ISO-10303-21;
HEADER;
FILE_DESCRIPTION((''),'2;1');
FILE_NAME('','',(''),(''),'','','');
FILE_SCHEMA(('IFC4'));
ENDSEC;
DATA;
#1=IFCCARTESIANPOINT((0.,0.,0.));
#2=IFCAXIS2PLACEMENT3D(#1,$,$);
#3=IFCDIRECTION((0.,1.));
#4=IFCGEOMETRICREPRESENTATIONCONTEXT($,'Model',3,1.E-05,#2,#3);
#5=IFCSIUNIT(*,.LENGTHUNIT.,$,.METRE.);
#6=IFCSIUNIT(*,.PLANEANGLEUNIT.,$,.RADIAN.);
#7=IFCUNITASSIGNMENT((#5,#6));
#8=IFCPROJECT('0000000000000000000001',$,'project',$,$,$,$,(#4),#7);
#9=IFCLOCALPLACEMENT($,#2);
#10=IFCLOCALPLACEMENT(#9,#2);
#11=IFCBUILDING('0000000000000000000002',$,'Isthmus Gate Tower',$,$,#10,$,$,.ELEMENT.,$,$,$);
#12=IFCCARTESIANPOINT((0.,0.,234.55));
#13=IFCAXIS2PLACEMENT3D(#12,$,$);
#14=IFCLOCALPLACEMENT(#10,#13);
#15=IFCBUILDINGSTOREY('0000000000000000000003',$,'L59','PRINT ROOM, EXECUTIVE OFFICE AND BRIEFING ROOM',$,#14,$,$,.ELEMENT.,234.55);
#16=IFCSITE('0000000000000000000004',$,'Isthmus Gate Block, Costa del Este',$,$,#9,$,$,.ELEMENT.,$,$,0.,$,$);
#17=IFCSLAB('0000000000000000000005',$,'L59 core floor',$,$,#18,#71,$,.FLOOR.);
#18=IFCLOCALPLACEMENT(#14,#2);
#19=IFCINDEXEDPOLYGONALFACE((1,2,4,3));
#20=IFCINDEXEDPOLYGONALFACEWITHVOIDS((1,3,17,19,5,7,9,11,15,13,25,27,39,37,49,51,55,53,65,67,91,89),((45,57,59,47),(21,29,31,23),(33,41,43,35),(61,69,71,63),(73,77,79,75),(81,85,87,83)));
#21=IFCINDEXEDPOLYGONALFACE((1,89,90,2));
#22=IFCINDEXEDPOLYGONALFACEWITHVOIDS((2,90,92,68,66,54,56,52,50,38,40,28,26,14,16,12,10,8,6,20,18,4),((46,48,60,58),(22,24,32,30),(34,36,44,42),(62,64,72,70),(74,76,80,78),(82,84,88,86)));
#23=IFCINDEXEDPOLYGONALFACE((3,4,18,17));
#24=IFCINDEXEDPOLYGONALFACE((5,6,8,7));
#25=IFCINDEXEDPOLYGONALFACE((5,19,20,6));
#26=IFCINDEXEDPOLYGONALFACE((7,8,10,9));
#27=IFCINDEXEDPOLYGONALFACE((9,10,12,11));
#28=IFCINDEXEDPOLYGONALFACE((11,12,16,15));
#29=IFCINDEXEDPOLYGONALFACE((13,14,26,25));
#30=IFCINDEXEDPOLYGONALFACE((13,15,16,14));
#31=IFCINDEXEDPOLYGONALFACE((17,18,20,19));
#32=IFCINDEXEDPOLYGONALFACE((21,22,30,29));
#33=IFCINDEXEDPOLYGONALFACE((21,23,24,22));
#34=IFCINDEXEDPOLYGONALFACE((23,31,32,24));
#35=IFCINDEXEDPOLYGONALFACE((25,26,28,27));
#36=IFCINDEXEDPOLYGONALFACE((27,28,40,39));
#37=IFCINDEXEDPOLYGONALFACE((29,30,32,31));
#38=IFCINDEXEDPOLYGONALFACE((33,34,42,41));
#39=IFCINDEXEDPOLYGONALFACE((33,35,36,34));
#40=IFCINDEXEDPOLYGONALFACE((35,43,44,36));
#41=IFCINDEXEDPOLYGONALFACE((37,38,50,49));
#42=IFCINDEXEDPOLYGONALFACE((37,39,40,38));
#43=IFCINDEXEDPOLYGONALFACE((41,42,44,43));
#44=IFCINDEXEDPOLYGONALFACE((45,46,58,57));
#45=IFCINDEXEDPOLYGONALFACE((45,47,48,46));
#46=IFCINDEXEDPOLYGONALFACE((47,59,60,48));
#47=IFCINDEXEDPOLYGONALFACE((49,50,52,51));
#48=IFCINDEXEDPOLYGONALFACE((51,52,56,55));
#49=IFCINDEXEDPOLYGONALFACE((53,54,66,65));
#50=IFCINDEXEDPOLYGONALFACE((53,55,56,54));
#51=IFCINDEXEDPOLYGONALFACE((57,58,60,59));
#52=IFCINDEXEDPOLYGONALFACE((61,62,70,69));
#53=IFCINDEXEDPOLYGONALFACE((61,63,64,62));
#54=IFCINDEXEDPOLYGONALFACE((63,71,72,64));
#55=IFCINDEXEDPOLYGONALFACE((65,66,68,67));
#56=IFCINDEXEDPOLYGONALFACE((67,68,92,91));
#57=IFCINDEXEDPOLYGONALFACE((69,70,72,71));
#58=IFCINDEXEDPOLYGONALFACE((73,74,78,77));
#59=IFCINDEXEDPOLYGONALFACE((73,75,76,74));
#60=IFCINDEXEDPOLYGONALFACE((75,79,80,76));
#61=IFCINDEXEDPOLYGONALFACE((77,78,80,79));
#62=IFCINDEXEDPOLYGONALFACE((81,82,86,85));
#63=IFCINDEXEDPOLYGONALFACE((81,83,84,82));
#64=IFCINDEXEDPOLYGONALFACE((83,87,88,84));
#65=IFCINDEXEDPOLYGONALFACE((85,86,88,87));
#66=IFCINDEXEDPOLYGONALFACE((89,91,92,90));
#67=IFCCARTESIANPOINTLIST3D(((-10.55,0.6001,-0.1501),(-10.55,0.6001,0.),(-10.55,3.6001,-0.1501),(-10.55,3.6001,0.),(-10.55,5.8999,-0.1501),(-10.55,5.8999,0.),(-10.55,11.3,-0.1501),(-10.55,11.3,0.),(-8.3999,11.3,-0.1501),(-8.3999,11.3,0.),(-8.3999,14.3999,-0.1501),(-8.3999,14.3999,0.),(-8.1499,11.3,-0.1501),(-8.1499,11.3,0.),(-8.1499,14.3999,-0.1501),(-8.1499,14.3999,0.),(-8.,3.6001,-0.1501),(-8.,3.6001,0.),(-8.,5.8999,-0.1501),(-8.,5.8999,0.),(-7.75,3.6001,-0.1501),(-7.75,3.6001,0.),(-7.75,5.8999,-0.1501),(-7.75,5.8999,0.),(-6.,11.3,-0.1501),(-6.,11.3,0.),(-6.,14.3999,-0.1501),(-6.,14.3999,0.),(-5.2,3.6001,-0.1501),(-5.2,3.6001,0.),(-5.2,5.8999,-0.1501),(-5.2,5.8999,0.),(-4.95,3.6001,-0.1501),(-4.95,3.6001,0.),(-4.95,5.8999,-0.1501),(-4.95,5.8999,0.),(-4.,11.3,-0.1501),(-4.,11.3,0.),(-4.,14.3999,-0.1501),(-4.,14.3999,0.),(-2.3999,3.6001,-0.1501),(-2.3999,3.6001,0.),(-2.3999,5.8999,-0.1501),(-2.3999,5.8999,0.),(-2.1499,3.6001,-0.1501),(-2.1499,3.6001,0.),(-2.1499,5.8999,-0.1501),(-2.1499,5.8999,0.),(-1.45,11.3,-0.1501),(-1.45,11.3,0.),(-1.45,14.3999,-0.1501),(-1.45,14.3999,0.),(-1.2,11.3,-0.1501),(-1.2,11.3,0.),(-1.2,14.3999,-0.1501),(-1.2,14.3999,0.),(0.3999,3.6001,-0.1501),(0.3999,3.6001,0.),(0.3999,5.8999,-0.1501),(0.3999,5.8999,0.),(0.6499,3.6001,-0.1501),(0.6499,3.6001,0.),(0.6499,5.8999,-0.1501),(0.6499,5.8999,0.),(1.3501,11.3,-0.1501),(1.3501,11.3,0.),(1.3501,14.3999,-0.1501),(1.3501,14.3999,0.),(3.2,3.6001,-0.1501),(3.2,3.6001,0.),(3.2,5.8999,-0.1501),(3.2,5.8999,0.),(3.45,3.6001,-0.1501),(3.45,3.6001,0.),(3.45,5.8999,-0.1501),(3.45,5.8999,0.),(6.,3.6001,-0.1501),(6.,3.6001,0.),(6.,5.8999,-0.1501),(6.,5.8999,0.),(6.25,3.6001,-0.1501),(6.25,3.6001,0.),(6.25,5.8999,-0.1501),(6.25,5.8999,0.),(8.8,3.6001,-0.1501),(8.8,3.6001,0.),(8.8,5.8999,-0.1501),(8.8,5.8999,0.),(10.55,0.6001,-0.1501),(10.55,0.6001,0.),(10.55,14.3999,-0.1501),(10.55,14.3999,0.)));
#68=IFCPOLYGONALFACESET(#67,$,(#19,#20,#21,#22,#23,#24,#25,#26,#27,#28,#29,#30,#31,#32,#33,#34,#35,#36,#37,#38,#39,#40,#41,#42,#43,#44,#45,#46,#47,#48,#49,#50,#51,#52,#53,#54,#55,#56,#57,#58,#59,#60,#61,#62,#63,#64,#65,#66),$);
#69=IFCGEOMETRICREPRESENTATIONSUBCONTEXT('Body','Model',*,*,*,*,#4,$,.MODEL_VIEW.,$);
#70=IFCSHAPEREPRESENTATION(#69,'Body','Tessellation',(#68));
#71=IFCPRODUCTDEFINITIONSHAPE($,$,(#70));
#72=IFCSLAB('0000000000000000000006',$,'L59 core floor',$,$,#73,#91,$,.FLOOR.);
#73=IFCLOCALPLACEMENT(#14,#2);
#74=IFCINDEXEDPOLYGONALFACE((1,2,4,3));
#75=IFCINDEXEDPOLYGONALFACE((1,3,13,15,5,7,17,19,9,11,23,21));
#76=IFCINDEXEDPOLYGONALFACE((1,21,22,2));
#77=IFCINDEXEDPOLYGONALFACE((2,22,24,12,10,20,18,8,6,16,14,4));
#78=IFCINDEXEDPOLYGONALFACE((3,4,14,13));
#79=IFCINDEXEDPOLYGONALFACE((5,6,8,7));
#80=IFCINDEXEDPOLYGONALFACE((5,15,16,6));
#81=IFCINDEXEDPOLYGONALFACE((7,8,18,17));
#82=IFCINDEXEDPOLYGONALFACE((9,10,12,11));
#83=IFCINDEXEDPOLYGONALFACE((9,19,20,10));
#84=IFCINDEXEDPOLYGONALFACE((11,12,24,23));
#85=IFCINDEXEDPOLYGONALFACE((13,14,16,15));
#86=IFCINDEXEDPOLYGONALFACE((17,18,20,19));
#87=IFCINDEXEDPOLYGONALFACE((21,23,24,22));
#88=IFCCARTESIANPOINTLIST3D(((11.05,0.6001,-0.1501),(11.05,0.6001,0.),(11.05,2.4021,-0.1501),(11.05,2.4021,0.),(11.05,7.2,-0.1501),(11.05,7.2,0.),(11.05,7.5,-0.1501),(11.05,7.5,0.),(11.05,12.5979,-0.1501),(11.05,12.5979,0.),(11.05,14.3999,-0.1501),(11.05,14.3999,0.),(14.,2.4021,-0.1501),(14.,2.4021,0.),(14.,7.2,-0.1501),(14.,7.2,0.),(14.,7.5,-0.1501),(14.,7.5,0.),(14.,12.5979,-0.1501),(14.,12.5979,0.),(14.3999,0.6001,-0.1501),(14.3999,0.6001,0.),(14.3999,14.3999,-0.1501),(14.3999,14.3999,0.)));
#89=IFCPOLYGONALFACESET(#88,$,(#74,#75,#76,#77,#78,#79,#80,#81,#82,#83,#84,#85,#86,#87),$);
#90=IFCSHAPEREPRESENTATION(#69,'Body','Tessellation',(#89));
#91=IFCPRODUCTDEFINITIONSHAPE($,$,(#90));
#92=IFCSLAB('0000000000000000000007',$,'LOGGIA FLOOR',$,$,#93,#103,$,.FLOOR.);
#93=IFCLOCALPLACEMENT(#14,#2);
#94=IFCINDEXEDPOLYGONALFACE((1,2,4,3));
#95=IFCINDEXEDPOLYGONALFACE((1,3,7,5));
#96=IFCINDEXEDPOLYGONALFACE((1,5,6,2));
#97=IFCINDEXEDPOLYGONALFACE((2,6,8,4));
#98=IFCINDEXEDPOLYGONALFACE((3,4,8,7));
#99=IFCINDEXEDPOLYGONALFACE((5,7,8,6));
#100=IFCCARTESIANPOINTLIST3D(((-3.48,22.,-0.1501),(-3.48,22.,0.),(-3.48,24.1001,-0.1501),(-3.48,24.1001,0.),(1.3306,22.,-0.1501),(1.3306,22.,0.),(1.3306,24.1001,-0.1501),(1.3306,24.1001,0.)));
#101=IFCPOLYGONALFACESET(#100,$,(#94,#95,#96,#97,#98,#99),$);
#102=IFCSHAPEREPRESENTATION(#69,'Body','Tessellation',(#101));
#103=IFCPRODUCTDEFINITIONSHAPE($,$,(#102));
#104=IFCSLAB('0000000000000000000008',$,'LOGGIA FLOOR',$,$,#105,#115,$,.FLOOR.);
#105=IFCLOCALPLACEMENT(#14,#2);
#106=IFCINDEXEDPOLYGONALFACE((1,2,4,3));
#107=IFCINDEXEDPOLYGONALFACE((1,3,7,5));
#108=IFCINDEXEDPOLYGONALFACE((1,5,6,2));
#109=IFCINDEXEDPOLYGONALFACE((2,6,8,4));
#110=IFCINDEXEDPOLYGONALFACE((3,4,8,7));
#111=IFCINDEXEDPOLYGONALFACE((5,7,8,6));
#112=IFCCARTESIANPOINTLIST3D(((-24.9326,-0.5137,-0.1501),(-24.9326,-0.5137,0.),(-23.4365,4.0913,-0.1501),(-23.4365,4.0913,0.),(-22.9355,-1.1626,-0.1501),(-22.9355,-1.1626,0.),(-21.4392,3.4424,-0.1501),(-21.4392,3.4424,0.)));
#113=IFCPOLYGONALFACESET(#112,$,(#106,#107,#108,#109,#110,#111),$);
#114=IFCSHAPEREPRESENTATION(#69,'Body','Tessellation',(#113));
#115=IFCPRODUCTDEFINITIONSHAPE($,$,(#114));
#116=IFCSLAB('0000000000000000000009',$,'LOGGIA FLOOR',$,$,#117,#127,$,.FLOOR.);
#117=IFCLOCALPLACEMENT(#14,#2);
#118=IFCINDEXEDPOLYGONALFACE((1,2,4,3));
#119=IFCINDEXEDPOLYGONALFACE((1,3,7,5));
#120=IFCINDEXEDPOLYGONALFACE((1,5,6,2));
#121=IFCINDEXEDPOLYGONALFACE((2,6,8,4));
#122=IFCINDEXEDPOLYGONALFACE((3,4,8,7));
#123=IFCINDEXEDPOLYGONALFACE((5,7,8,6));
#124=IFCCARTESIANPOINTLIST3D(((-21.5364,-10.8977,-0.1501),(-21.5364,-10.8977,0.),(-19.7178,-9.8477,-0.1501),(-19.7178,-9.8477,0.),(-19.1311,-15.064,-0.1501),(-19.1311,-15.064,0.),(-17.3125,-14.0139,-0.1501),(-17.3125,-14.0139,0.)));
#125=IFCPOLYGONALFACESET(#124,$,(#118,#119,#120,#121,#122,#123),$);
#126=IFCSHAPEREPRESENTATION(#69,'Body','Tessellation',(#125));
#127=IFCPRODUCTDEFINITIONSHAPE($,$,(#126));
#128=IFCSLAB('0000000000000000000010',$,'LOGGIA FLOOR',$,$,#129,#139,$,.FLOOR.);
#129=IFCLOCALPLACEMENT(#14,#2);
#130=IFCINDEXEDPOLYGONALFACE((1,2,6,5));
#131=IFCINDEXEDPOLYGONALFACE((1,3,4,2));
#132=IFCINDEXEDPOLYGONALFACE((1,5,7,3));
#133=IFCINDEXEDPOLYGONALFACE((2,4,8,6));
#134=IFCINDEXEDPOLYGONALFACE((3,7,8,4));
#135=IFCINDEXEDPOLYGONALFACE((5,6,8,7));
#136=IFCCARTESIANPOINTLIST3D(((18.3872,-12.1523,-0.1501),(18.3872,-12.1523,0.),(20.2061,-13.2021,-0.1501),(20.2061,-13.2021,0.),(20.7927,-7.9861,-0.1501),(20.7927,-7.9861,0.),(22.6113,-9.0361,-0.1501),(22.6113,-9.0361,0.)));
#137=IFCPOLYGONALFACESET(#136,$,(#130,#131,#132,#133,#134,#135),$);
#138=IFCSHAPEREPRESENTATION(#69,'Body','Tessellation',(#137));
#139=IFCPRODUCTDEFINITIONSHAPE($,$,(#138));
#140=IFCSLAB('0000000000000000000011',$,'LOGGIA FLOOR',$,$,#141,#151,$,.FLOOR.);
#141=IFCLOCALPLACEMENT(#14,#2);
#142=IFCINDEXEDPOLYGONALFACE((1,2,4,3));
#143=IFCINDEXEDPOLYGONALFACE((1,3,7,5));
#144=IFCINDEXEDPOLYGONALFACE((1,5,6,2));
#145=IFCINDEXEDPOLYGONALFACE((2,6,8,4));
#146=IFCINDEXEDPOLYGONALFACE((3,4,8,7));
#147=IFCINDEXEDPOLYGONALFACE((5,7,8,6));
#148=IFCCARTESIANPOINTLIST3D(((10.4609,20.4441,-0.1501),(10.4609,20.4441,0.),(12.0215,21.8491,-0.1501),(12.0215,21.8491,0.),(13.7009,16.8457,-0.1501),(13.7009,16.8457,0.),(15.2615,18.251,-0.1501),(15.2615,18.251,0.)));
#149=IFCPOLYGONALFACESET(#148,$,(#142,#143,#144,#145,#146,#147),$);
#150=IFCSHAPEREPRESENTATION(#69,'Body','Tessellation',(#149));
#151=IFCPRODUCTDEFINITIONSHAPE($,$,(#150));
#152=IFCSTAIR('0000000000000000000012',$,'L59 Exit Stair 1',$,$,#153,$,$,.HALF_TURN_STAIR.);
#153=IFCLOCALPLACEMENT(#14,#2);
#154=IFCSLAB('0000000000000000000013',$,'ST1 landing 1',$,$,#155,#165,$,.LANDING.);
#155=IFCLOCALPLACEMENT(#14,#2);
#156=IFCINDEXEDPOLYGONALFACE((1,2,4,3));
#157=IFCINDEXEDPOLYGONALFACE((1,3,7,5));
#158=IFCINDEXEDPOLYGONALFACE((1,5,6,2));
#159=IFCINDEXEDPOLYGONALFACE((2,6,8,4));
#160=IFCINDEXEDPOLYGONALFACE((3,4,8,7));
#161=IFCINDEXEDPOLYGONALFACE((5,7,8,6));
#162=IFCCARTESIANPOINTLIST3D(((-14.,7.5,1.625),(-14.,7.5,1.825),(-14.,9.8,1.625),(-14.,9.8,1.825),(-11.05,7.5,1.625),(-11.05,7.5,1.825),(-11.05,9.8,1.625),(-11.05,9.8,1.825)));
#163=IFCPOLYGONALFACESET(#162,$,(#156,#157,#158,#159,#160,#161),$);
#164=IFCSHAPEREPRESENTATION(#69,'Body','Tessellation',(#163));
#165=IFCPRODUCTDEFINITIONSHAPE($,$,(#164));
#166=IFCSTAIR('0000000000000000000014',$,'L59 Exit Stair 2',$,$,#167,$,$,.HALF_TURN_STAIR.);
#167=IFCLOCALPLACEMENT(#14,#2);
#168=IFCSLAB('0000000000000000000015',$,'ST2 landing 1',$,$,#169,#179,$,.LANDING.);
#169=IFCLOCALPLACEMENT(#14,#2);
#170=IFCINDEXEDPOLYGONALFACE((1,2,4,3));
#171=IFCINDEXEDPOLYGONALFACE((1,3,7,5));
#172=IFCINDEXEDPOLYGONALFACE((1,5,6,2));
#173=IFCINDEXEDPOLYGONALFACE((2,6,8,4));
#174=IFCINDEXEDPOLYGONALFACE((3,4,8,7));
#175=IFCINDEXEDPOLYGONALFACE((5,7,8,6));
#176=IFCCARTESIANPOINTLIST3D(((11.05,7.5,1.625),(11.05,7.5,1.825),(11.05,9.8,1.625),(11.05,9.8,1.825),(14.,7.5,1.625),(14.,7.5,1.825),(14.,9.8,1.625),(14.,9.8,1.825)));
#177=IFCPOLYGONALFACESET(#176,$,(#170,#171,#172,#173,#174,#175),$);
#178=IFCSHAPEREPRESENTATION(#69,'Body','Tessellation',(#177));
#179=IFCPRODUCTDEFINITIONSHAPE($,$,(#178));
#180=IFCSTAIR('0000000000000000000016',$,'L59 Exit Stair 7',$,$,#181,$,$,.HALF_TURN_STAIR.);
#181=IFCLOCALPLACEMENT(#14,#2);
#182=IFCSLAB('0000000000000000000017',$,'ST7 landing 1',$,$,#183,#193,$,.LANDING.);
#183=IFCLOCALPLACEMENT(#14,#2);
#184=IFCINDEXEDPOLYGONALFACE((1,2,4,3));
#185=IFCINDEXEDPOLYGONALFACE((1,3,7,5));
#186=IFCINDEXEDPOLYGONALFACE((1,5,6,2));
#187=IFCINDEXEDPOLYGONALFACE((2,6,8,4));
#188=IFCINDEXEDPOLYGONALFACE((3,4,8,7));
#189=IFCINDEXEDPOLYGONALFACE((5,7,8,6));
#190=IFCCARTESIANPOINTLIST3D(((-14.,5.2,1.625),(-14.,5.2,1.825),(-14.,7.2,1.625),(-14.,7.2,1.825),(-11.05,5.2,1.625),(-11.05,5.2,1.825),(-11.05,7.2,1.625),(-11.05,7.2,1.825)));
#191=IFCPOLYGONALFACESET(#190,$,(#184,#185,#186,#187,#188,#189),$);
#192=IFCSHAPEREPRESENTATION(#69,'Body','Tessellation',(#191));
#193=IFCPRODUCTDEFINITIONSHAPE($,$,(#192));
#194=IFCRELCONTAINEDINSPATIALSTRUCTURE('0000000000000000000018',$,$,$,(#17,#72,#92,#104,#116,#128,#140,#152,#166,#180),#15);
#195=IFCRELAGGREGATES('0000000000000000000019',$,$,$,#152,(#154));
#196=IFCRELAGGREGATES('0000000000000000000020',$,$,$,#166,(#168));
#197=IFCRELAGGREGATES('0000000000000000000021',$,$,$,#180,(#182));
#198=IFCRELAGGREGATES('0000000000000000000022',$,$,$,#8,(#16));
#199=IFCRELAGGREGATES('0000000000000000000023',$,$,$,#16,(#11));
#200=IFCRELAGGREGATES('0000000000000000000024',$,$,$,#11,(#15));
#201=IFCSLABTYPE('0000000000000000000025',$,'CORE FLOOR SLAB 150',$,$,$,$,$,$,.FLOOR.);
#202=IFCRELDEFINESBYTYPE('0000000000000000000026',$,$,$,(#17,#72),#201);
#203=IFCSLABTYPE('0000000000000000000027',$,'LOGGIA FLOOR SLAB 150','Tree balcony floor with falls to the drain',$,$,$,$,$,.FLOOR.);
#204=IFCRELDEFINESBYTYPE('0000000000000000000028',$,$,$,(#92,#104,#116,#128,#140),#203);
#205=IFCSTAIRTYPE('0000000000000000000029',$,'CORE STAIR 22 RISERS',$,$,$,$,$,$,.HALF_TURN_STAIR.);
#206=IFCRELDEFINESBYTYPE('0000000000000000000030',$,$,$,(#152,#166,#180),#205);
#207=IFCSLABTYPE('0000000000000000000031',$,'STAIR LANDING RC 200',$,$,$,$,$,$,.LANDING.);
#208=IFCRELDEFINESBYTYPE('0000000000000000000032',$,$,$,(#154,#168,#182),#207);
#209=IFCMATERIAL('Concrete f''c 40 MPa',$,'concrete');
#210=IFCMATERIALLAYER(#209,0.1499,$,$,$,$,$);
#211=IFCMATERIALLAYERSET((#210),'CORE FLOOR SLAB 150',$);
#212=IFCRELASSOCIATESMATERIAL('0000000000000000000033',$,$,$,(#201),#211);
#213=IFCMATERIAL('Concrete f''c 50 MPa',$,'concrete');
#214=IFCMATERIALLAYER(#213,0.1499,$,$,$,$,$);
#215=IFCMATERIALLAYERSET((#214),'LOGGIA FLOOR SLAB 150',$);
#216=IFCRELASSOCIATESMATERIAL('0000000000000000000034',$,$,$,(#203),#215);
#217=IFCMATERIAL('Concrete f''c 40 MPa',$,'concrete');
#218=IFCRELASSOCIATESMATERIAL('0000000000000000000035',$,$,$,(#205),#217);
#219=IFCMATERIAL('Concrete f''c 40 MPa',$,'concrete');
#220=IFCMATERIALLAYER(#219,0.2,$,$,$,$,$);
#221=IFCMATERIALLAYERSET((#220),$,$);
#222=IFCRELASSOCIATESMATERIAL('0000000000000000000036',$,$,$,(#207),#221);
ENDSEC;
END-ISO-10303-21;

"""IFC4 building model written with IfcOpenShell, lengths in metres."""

from ifc_helpers import new_model, si_unit, direction, frame, origin, place, context, subcontext, project, spatial, polyline, outline, extrude, material, layer, layer_set, type_object, element, aggregate, save


model = new_model("IFC4")

# Units and contexts
model_context = context("Model", 3, precision=1e-05, world=origin(), true_north=direction((0.0, 1.0)))
body_context = subcontext(model_context, "Body", "Model", "MODEL_VIEW")
ifc_project = project(units=[si_unit("LENGTHUNIT", "METRE"), si_unit("PLANEANGLEUNIT", "RADIAN")], contexts=[model_context])

# Site, building, storey
site_placement = place(None, origin())
site = spatial("IfcSite", under=ifc_project, at=site_placement, Name="Isthmus Gate Block, Costa del Este", CompositionType="ELEMENT", RefElevation=0.0)
building_placement = place(site_placement, origin())
building = spatial("IfcBuilding", under=site, at=building_placement, Name="Isthmus Gate Tower", CompositionType="ELEMENT")
storey_placement = place(building_placement, frame((0.0, 0.0, 234.55)))
storey = spatial("IfcBuildingStorey", under=building, at=storey_placement, Name="L59", Description="PRINT ROOM, EXECUTIVE OFFICE AND BRIEFING ROOM", CompositionType="ELEMENT", Elevation=234.55)

# Slabs
ifc_material_1 = material(Name="Concrete f'c 40 MPa", Category="concrete")
ifc_layer_1 = layer(ifc_material_1, 0.1499)
ifc_layer_set_1 = layer_set([ifc_layer_1], Name="CORE FLOOR SLAB 150")
slab_type_1 = type_object("IfcSlabType", Name="CORE FLOOR SLAB 150", PredefinedType="FLOOR", material=ifc_layer_set_1)
slab_1_placement = place(storey_placement, frame((0.0, 0.0, -0.1501)))
element("IfcSlab", 1, at=slab_1_placement, inside=storey, type_object=slab_type_1, Name="L59 core floor", PredefinedType="FLOOR", context=body_context, shape_type="SweptSolid", body=[
    extrude(outline(polyline([(10.55, 14.3999), (1.3501, 14.3999), (1.3501, 11.3), (-1.2, 11.3), (-1.2, 14.3999), (-1.45, 14.3999), (-1.45, 11.3), (-4.0, 11.3), (-4.0, 14.3999), (-6.0, 14.3999), (-6.0, 11.3), (-8.1499, 11.3), (-8.1499, 14.3999), (-8.3999, 14.3999), (-8.3999, 11.3), (-10.55, 11.3), (-10.55, 5.8999), (-8.0, 5.8999), (-8.0, 3.6001), (-10.55, 3.6001), (-10.55, 0.6001), (10.55, 0.6001), (10.55, 14.3999)]), holes=[polyline([(-5.2, 5.8999), (-5.2, 3.6001), (-7.75, 3.6001), (-7.75, 5.8999), (-5.2, 5.8999)]), polyline([(-2.3999, 5.8999), (-2.3999, 3.6001), (-4.95, 3.6001), (-4.95, 5.8999), (-2.3999, 5.8999)]), polyline([(0.3999, 5.8999), (0.3999, 3.6001), (-2.1499, 3.6001), (-2.1499, 5.8999), (0.3999, 5.8999)]), polyline([(3.2, 5.8999), (3.2, 3.6001), (0.6499, 3.6001), (0.6499, 5.8999), (3.2, 5.8999)]), polyline([(6.0, 5.8999), (6.0, 3.6001), (3.45, 3.6001), (3.45, 5.8999), (6.0, 5.8999)]), polyline([(8.8, 5.8999), (8.8, 3.6001), (6.25, 3.6001), (6.25, 5.8999), (8.8, 5.8999)])]), origin(), (0.0, 0.0, 1.0), 0.1501),
])
slab_2_placement = place(storey_placement, frame((0.0, 0.0, -0.1501)))
element("IfcSlab", 2, at=slab_2_placement, inside=storey, type_object=slab_type_1, Name="L59 core floor", PredefinedType="FLOOR", context=body_context, shape_type="SweptSolid", body=[
    extrude(outline(polyline([(11.05, 14.3999), (11.05, 12.5979), (14.0, 12.5979), (14.0, 7.5), (11.05, 7.5), (11.05, 7.2), (14.0, 7.2), (14.0, 2.4021), (11.05, 2.4021), (11.05, 0.6001), (14.3999, 0.6001), (14.3999, 14.3999), (11.05, 14.3999)])), origin(), (0.0, 0.0, 1.0), 0.1501),
])
ifc_material_2 = material(Name="Concrete f'c 50 MPa", Category="concrete")
ifc_layer_2 = layer(ifc_material_2, 0.1499)
ifc_layer_set_2 = layer_set([ifc_layer_2], Name="LOGGIA FLOOR SLAB 150")
slab_type_2 = type_object("IfcSlabType", Name="LOGGIA FLOOR SLAB 150", Description="Tree balcony floor with falls to the drain", PredefinedType="FLOOR", material=ifc_layer_set_2)
slab_3_placement = place(storey_placement, frame((0.0, 0.0, -0.1501)))
element("IfcSlab", 3, at=slab_3_placement, inside=storey, type_object=slab_type_2, Name="LOGGIA FLOOR", PredefinedType="FLOOR", context=body_context, shape_type="SweptSolid", body=[
    extrude(outline(polyline([(1.3306, 24.1001), (-3.48, 24.1001), (-3.48, 22.0), (1.3306, 22.0), (1.3306, 24.1001)])), origin(), (0.0, 0.0, 1.0), 0.1501),
])
slab_4_placement = place(storey_placement, frame((0.0, 0.0, -0.1501)))
element("IfcSlab", 4, at=slab_4_placement, inside=storey, type_object=slab_type_2, Name="LOGGIA FLOOR", PredefinedType="FLOOR", context=body_context, shape_type="SweptSolid", body=[
    extrude(outline(polyline([(-23.4365, 4.0913), (-24.9326, -0.5137), (-22.9355, -1.1626), (-21.4392, 3.4424), (-23.4365, 4.0913)])), origin(), (0.0, 0.0, 1.0), 0.1501),
])
slab_5_placement = place(storey_placement, frame((0.0, 0.0, -0.1501)))
element("IfcSlab", 5, at=slab_5_placement, inside=storey, type_object=slab_type_2, Name="LOGGIA FLOOR", PredefinedType="FLOOR", context=body_context, shape_type="SweptSolid", body=[
    extrude(outline(polyline([(-21.5364, -10.8977), (-19.1311, -15.064), (-17.3125, -14.0139), (-19.7178, -9.8477), (-21.5364, -10.8977)])), origin(), (0.0, 0.0, 1.0), 0.1501),
])
slab_6_placement = place(storey_placement, frame((0.0, 0.0, -0.1501)))
element("IfcSlab", 6, at=slab_6_placement, inside=storey, type_object=slab_type_2, Name="LOGGIA FLOOR", PredefinedType="FLOOR", context=body_context, shape_type="SweptSolid", body=[
    extrude(outline(polyline([(20.2061, -13.2021), (22.6113, -9.0361), (20.7927, -7.9861), (18.3872, -12.1523), (20.2061, -13.2021)])), origin(), (0.0, 0.0, 1.0), 0.1501),
])
slab_7_placement = place(storey_placement, frame((0.0, 0.0, -0.1501)))
element("IfcSlab", 7, at=slab_7_placement, inside=storey, type_object=slab_type_2, Name="LOGGIA FLOOR", PredefinedType="FLOOR", context=body_context, shape_type="SweptSolid", body=[
    extrude(outline(polyline([(15.2615, 18.251), (12.0215, 21.8491), (10.4609, 20.4441), (13.7009, 16.8457), (15.2615, 18.251)])), origin(), (0.0, 0.0, 1.0), 0.1501),
])

# Stairs, slabs
ifc_material_3 = material(Name="Concrete f'c 40 MPa", Category="concrete")
stair_type = type_object("IfcStairType", Name="CORE STAIR 22 RISERS", PredefinedType="HALF_TURN_STAIR", material=ifc_material_3)
stair_1_placement = place(storey_placement, origin())
stair_1 = element("IfcStair", 8, at=stair_1_placement, inside=storey, type_object=stair_type, Name="L59 Exit Stair 1", PredefinedType="HALF_TURN_STAIR")
ifc_material_4 = material(Name="Concrete f'c 40 MPa", Category="concrete")
ifc_layer_3 = layer(ifc_material_4, 0.2)
ifc_layer_set_3 = layer_set([ifc_layer_3])
slab_type_3 = type_object("IfcSlabType", Name="STAIR LANDING RC 200", PredefinedType="LANDING", material=ifc_layer_set_3)
slab_8_placement = place(storey_placement, frame((0.0, 0.0, 1.625)))
slab_8 = element("IfcSlab", 9, at=slab_8_placement, type_object=slab_type_3, Name="ST1 landing 1", PredefinedType="LANDING", context=body_context, shape_type="SweptSolid", body=[
    extrude(outline(polyline([(-14.0, 9.8), (-14.0, 7.5), (-11.05, 7.5), (-11.05, 9.8), (-14.0, 9.8)])), origin(), (0.0, 0.0, 1.0), 0.2),
])
aggregate(stair_1, [slab_8])
stair_2_placement = place(storey_placement, origin())
stair_2 = element("IfcStair", 10, at=stair_2_placement, inside=storey, type_object=stair_type, Name="L59 Exit Stair 2", PredefinedType="HALF_TURN_STAIR")
slab_9_placement = place(storey_placement, frame((0.0, 0.0, 1.625)))
slab_9 = element("IfcSlab", 11, at=slab_9_placement, type_object=slab_type_3, Name="ST2 landing 1", PredefinedType="LANDING", context=body_context, shape_type="SweptSolid", body=[
    extrude(outline(polyline([(11.05, 9.8), (11.05, 7.5), (14.0, 7.5), (14.0, 9.8), (11.05, 9.8)])), origin(), (0.0, 0.0, 1.0), 0.2),
])
aggregate(stair_2, [slab_9])
stair_3_placement = place(storey_placement, origin())
stair_3 = element("IfcStair", 12, at=stair_3_placement, inside=storey, type_object=stair_type, Name="L59 Exit Stair 7", PredefinedType="HALF_TURN_STAIR")
slab_10_placement = place(storey_placement, frame((0.0, 0.0, 1.625)))
slab_10 = element("IfcSlab", 13, at=slab_10_placement, type_object=slab_type_3, Name="ST7 landing 1", PredefinedType="LANDING", context=body_context, shape_type="SweptSolid", body=[
    extrude(outline(polyline([(-11.05, 5.2), (-11.05, 7.2), (-14.0, 7.2), (-14.0, 5.2), (-11.05, 5.2)])), origin(), (0.0, 0.0, 1.0), 0.2),
])
aggregate(stair_3, [slab_10])

save(model, "model.ifc")
